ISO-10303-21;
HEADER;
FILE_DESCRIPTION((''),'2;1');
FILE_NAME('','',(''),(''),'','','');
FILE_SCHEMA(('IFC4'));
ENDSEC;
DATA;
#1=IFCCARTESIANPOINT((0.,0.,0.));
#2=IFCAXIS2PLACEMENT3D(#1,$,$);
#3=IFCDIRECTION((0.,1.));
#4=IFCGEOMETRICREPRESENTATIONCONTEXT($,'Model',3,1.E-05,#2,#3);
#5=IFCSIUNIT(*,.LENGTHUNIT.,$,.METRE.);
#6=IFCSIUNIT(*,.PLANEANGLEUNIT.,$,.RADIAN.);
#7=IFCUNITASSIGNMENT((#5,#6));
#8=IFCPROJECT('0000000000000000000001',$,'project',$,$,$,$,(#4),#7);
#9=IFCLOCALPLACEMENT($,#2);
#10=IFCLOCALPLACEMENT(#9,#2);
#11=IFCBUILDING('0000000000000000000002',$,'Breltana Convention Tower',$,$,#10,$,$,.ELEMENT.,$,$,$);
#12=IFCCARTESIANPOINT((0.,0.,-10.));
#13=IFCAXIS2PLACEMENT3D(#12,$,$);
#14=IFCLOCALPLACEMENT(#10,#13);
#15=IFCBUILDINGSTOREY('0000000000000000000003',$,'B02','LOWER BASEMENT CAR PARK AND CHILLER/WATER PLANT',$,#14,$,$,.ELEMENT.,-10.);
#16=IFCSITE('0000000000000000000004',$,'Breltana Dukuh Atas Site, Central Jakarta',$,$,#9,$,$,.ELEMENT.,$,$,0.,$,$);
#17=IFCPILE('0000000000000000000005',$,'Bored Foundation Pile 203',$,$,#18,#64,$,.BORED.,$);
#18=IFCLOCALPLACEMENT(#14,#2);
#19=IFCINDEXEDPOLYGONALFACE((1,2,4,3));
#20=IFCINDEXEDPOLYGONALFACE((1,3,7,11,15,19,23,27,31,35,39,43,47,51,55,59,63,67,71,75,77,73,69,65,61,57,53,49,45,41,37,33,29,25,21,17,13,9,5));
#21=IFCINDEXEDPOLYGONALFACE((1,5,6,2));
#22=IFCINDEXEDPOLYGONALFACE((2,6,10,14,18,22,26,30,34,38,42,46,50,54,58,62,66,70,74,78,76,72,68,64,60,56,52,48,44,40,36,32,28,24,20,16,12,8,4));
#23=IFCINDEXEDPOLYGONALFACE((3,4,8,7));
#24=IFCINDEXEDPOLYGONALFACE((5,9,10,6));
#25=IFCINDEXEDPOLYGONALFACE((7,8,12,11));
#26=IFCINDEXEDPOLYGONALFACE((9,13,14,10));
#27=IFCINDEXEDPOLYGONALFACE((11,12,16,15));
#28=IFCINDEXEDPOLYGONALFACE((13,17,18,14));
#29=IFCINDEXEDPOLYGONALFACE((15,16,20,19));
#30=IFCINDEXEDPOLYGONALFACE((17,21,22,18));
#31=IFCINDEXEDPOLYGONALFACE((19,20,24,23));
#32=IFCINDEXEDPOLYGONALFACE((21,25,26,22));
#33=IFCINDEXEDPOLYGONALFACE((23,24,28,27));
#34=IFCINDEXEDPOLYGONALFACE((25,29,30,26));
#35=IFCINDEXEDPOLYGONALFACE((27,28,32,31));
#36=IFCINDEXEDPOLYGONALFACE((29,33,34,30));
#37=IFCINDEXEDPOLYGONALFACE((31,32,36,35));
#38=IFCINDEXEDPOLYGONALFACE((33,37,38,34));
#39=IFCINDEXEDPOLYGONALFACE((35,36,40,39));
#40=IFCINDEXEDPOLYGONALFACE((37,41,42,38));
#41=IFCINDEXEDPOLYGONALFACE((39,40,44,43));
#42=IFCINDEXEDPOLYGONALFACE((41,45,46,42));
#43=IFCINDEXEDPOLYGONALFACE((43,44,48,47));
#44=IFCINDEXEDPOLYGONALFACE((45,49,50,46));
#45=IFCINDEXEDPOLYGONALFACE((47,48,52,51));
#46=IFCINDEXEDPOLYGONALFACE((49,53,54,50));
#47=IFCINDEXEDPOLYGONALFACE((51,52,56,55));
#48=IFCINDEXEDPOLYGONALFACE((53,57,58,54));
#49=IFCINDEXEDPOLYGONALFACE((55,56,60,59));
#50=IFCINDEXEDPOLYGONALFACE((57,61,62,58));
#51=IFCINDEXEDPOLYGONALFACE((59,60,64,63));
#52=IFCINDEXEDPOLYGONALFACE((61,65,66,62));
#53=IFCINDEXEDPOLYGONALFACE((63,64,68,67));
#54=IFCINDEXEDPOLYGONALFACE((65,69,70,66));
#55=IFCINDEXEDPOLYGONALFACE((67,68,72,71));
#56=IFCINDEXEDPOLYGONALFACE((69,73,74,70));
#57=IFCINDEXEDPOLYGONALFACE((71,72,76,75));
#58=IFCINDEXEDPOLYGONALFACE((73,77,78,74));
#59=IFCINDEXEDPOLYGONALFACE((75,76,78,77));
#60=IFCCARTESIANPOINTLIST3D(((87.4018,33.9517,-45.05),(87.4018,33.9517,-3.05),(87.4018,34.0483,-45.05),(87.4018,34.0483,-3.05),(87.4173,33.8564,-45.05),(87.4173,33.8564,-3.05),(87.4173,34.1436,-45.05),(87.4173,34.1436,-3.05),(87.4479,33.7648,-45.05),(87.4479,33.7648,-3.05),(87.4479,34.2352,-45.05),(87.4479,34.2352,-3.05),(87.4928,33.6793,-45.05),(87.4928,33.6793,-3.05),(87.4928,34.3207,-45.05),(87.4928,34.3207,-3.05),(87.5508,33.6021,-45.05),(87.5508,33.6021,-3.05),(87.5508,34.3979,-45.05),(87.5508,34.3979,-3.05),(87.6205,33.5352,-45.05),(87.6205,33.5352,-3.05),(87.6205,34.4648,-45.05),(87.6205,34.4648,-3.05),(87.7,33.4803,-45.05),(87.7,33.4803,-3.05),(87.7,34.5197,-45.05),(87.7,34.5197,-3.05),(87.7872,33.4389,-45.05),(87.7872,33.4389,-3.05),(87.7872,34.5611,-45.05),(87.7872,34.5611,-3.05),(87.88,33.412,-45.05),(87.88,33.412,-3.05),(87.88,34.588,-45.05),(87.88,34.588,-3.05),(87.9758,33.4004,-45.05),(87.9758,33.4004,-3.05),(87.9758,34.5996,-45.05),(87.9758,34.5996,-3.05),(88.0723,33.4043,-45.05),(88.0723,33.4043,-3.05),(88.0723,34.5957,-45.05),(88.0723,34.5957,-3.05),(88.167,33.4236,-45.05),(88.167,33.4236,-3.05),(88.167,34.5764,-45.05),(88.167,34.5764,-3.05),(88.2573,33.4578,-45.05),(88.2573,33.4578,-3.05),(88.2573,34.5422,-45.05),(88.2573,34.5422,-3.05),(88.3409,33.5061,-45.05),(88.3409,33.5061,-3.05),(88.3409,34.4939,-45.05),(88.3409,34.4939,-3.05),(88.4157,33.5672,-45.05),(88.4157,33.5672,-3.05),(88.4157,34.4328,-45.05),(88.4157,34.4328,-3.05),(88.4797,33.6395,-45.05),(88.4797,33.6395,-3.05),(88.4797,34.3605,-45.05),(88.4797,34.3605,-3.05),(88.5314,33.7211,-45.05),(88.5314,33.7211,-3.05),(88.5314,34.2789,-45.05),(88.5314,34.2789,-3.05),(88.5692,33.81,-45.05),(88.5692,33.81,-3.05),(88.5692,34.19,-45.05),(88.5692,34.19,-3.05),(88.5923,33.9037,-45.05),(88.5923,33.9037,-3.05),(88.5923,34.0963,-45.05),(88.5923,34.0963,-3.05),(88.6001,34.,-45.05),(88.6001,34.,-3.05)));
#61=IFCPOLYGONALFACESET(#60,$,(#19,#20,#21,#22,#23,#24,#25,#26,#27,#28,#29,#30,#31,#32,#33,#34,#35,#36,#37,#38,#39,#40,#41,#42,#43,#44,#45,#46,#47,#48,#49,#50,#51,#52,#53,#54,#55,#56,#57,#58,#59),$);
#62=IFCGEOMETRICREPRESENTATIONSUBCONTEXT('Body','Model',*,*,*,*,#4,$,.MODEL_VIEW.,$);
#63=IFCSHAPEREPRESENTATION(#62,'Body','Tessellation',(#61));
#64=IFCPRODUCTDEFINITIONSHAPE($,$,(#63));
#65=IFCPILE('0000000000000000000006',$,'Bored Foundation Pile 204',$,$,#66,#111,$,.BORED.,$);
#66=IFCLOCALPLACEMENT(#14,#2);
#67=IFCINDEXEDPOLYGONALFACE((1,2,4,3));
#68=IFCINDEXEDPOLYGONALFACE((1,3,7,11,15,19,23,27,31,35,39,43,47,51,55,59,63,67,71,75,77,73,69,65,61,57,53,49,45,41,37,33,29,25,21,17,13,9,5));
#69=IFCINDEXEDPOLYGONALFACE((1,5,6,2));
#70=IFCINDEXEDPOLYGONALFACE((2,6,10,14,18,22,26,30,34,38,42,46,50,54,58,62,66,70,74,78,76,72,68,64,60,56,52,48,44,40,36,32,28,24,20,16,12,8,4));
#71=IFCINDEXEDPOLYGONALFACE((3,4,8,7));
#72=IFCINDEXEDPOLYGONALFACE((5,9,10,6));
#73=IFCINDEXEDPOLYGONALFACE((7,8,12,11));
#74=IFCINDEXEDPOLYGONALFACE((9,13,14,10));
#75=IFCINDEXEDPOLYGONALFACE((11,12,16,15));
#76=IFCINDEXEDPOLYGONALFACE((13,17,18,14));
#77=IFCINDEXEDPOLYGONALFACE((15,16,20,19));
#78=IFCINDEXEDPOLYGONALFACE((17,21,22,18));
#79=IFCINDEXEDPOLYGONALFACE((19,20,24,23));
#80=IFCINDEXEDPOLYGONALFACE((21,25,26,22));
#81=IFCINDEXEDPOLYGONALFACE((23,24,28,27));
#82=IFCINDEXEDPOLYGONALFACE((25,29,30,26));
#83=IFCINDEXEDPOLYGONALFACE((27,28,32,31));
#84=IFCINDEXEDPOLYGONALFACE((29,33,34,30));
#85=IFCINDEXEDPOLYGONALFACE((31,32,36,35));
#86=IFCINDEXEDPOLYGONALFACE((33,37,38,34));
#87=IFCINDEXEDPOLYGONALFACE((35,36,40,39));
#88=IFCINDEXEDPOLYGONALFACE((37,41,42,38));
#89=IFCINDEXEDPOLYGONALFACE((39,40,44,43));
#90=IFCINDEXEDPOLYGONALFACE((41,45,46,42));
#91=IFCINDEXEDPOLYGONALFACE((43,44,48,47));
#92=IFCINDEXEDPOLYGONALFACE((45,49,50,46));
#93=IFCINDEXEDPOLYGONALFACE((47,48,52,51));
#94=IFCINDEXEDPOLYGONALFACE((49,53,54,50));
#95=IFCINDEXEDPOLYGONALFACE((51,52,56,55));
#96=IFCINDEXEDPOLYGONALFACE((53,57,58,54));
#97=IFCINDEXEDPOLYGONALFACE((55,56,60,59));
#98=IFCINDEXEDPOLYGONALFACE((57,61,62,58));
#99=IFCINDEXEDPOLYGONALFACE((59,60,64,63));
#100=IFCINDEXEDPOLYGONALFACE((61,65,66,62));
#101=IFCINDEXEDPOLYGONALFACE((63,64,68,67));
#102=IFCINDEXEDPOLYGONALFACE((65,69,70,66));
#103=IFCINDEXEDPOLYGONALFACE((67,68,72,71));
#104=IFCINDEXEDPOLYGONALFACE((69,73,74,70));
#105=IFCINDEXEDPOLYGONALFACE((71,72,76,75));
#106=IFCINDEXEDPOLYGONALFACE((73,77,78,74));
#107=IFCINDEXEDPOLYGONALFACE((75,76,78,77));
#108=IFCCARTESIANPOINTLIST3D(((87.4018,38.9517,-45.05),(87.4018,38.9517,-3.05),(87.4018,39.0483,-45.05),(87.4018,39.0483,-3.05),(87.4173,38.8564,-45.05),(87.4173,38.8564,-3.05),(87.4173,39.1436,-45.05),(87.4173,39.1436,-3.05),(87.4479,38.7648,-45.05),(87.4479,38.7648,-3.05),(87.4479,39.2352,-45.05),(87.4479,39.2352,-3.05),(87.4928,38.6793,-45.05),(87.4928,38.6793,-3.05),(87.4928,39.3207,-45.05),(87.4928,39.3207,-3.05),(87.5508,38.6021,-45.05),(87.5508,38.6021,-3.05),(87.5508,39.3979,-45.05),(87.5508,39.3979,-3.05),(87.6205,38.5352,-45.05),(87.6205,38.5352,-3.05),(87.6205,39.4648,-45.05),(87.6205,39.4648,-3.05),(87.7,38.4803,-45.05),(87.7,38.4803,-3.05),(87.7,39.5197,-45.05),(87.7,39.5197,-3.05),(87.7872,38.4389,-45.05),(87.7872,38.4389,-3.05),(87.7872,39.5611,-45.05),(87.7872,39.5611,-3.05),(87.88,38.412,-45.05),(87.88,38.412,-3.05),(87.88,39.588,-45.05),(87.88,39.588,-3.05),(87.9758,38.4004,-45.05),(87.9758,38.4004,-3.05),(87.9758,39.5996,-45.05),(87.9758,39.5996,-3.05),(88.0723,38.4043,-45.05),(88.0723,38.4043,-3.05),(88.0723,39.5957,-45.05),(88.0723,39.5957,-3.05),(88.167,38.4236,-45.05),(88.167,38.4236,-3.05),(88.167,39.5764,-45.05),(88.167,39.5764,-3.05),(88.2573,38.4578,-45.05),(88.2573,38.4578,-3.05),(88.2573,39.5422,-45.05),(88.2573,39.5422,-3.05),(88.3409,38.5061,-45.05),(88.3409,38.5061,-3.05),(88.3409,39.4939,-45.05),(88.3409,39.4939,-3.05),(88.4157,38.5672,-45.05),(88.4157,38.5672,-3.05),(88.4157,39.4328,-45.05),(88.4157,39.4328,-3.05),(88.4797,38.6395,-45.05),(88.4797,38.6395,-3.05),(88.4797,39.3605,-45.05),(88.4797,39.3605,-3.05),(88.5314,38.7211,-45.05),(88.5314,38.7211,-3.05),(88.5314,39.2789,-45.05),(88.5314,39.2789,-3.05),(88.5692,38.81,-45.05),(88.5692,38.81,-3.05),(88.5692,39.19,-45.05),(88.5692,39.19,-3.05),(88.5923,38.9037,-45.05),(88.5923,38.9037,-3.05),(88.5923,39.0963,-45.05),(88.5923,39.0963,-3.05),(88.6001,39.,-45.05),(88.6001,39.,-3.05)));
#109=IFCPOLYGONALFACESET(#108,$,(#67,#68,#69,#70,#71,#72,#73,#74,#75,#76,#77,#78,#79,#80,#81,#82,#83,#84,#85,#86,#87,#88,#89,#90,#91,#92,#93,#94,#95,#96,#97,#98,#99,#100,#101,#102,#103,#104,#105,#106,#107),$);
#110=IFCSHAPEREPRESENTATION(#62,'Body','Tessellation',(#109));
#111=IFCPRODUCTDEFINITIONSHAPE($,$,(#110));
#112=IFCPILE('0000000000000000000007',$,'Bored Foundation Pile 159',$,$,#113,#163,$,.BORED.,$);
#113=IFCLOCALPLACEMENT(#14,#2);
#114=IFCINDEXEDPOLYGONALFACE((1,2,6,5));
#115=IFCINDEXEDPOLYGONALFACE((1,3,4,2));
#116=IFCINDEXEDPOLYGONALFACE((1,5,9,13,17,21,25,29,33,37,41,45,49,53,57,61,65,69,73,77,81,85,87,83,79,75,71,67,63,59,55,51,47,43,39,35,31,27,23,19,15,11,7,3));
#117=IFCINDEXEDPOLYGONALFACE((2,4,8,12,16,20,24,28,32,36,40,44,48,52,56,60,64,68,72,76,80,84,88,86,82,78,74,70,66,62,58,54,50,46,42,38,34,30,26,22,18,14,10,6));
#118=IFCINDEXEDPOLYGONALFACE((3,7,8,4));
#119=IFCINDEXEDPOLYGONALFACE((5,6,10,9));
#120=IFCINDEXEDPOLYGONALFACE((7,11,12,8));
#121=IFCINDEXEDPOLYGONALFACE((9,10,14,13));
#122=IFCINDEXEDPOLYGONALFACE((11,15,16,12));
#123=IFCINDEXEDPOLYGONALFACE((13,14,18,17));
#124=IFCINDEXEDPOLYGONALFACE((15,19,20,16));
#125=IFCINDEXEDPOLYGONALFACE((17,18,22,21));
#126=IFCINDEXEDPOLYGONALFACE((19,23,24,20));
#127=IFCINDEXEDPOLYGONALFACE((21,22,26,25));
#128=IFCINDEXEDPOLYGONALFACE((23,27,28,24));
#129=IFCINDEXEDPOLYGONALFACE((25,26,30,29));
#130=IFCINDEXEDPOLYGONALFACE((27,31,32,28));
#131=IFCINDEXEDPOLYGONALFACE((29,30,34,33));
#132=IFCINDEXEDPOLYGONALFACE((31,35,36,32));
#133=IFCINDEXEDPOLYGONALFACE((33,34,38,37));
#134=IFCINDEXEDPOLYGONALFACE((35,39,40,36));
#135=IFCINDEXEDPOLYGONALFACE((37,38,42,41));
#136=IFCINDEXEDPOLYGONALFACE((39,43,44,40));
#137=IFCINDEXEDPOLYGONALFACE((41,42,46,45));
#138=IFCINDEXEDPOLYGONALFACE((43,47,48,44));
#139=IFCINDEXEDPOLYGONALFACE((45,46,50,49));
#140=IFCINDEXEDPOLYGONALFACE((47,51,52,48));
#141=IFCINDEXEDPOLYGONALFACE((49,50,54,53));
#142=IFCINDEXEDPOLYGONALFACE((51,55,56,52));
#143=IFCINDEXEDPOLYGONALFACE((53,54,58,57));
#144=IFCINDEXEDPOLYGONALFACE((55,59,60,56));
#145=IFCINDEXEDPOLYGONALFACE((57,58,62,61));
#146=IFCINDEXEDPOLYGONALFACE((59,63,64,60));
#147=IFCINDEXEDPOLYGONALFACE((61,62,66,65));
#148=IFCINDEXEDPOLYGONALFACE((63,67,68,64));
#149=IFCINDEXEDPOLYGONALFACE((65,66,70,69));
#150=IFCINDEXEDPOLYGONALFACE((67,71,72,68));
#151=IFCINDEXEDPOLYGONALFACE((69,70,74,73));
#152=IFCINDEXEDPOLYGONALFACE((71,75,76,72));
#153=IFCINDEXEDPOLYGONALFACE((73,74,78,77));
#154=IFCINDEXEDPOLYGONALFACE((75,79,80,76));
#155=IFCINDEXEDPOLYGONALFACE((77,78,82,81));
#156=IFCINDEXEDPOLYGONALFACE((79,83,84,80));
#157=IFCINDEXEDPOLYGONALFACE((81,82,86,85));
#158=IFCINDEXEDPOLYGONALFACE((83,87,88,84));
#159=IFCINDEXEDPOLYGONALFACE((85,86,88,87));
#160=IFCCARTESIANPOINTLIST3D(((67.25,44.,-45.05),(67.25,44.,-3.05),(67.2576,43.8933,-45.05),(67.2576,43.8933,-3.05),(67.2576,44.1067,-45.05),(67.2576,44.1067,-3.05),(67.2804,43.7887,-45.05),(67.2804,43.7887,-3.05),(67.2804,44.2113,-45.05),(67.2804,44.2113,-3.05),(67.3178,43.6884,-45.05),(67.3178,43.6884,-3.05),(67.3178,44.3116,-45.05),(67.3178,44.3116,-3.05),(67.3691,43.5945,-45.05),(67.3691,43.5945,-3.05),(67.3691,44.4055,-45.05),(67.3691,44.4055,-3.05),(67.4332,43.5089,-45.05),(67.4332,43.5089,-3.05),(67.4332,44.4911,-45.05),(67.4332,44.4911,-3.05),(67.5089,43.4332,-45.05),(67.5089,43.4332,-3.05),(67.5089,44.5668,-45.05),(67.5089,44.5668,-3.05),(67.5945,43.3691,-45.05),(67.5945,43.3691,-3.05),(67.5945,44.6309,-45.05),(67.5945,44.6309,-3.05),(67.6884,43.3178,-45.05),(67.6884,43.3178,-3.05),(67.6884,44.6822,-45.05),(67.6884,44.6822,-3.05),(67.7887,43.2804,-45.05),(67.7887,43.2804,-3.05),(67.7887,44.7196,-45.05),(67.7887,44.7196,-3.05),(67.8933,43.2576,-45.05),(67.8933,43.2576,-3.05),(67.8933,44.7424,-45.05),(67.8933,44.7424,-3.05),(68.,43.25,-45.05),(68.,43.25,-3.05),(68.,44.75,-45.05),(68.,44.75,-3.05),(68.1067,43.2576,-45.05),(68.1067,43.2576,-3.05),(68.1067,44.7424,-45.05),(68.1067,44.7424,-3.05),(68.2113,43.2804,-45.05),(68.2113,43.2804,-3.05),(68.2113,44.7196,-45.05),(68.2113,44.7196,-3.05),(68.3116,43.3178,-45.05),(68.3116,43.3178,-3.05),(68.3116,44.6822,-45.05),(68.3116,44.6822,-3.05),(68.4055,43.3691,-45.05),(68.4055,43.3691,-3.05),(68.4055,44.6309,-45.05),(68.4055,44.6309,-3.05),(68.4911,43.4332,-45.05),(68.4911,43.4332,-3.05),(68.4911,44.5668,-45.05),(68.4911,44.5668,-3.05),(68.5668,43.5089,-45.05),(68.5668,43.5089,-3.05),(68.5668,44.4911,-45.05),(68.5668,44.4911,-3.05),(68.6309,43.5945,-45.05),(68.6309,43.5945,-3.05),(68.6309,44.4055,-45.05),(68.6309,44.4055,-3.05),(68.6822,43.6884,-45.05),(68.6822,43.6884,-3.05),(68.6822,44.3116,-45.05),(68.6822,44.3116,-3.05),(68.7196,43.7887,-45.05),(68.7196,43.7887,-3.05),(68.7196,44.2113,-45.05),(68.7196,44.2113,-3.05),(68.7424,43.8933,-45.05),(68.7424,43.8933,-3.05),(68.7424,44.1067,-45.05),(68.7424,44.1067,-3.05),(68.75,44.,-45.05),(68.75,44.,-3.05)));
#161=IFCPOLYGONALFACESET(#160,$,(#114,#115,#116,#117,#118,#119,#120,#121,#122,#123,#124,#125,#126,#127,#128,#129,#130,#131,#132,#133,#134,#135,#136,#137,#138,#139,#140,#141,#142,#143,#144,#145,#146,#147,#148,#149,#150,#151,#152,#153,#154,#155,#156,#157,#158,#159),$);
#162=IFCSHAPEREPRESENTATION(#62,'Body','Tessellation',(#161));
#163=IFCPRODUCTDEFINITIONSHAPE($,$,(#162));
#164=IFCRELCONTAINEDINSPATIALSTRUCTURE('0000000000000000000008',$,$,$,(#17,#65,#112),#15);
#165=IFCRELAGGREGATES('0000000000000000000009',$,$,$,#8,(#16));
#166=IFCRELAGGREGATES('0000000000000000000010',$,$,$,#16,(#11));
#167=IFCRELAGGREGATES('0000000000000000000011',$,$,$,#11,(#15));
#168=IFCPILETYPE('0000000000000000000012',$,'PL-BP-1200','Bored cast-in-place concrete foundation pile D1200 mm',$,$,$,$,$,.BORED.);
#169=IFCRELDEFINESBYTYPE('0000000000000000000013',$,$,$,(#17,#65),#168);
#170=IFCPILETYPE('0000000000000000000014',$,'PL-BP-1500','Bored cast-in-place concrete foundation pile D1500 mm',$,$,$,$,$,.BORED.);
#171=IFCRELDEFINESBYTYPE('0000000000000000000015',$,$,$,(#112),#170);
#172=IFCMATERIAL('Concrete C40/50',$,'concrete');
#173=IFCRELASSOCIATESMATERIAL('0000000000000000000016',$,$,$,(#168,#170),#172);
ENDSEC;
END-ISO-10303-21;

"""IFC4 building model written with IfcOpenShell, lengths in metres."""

from ifc_helpers import new_model, si_unit, direction, frame, origin, origin_2d, place, context, subcontext, project, spatial, circle, extrude, source, transform, mapped, material, material_profile, profile_set, type_object, type_shapes, element, save


model = new_model("IFC4")

# Units and contexts
model_context = context("Model", 3, precision=1e-05, world=origin(), true_north=direction((0.0, 1.0)))
body_context = subcontext(model_context, "Body", "Model", "MODEL_VIEW")
ifc_project = project(units=[si_unit("LENGTHUNIT", "METRE"), si_unit("PLANEANGLEUNIT", "RADIAN")], contexts=[model_context])

# Site, building, storey
site_placement = place(None, origin())
site = spatial("IfcSite", under=ifc_project, at=site_placement, Name="Breltana Dukuh Atas Site, Central Jakarta", CompositionType="ELEMENT", RefElevation=0.0)
building_placement = place(site_placement, origin())
building = spatial("IfcBuilding", under=site, at=building_placement, Name="Breltana Convention Tower", CompositionType="ELEMENT")
storey_placement = place(building_placement, frame((0.0, 0.0, -10.0)))
storey = spatial("IfcBuildingStorey", under=building, at=storey_placement, Name="B02", Description="LOWER BASEMENT CAR PARK AND CHILLER/WATER PLANT", CompositionType="ELEMENT", Elevation=-10.0)

# Piles
ifc_material_1 = material(Name="Concrete C40/50", Category="concrete")
ifc_material_profile_1 = material_profile(ifc_material_1, circle(Radius=0.6001, at=origin_2d()), Name="BP-D1200")
ifc_profile_set_1 = profile_set([ifc_material_profile_1], Name="Concrete C40/50")
pile_type_1 = type_object("IfcPileType", Name="PL-BP-1200", Description="Bored cast-in-place concrete foundation pile D1200 mm", PredefinedType="BORED", material=ifc_profile_set_1)
shared_shape_1 = source(origin(), body_context, "Body", "SweptSolid", [
    extrude(circle(Radius=0.6001, at=origin_2d()), origin(), (0.0, 0.0, 1.0), 42.0),
])
type_shapes(pile_type_1, [shared_shape_1])
for number, where, z_axis, x_axis, name in (
    (1, (88.0, 34.0, -3.05), (0.0, 0.0, -1.0), (1.0, 0.0, 0.0), "Bored Foundation Pile 203"),
    (2, (88.0, 39.0, -3.05), (0.0, 0.0, -1.0), (1.0, 0.0, 0.0), "Bored Foundation Pile 204"),
):
    element("IfcPile", number, at=place(storey_placement, frame(where, z_axis=z_axis, x_axis=x_axis)), inside=storey, type_object=pile_type_1, Name=name, PredefinedType="BORED", context=body_context, shape_type="MappedRepresentation", body=[
        mapped(shared_shape_1, transform((0.0, 0.0, 0.0), scale=1.0)),
    ])
ifc_material_profile_2 = material_profile(ifc_material_1, circle(Radius=0.75, at=origin_2d()), Name="BP-D1500")
ifc_profile_set_2 = profile_set([ifc_material_profile_2], Name="Concrete C40/50")
pile_type_2 = type_object("IfcPileType", Name="PL-BP-1500", Description="Bored cast-in-place concrete foundation pile D1500 mm", PredefinedType="BORED", material=ifc_profile_set_2)
shared_shape_2 = source(origin(), body_context, "Body", "SweptSolid", [
    extrude(circle(Radius=0.75, at=origin_2d()), origin(), (0.0, 0.0, 1.0), 42.0),
])
type_shapes(pile_type_2, [shared_shape_2])
for number, where, z_axis, x_axis, name in (
    (3, (68.0, 44.0, -3.05), (0.0, 0.0, -1.0), (1.0, 0.0, 0.0), "Bored Foundation Pile 159"),
):
    element("IfcPile", number, at=place(storey_placement, frame(where, z_axis=z_axis, x_axis=x_axis)), inside=storey, type_object=pile_type_2, Name=name, PredefinedType="BORED", context=body_context, shape_type="MappedRepresentation", body=[
        mapped(shared_shape_2, transform((0.0, 0.0, 0.0), scale=1.0)),
    ])

save(model, "model.ifc")
